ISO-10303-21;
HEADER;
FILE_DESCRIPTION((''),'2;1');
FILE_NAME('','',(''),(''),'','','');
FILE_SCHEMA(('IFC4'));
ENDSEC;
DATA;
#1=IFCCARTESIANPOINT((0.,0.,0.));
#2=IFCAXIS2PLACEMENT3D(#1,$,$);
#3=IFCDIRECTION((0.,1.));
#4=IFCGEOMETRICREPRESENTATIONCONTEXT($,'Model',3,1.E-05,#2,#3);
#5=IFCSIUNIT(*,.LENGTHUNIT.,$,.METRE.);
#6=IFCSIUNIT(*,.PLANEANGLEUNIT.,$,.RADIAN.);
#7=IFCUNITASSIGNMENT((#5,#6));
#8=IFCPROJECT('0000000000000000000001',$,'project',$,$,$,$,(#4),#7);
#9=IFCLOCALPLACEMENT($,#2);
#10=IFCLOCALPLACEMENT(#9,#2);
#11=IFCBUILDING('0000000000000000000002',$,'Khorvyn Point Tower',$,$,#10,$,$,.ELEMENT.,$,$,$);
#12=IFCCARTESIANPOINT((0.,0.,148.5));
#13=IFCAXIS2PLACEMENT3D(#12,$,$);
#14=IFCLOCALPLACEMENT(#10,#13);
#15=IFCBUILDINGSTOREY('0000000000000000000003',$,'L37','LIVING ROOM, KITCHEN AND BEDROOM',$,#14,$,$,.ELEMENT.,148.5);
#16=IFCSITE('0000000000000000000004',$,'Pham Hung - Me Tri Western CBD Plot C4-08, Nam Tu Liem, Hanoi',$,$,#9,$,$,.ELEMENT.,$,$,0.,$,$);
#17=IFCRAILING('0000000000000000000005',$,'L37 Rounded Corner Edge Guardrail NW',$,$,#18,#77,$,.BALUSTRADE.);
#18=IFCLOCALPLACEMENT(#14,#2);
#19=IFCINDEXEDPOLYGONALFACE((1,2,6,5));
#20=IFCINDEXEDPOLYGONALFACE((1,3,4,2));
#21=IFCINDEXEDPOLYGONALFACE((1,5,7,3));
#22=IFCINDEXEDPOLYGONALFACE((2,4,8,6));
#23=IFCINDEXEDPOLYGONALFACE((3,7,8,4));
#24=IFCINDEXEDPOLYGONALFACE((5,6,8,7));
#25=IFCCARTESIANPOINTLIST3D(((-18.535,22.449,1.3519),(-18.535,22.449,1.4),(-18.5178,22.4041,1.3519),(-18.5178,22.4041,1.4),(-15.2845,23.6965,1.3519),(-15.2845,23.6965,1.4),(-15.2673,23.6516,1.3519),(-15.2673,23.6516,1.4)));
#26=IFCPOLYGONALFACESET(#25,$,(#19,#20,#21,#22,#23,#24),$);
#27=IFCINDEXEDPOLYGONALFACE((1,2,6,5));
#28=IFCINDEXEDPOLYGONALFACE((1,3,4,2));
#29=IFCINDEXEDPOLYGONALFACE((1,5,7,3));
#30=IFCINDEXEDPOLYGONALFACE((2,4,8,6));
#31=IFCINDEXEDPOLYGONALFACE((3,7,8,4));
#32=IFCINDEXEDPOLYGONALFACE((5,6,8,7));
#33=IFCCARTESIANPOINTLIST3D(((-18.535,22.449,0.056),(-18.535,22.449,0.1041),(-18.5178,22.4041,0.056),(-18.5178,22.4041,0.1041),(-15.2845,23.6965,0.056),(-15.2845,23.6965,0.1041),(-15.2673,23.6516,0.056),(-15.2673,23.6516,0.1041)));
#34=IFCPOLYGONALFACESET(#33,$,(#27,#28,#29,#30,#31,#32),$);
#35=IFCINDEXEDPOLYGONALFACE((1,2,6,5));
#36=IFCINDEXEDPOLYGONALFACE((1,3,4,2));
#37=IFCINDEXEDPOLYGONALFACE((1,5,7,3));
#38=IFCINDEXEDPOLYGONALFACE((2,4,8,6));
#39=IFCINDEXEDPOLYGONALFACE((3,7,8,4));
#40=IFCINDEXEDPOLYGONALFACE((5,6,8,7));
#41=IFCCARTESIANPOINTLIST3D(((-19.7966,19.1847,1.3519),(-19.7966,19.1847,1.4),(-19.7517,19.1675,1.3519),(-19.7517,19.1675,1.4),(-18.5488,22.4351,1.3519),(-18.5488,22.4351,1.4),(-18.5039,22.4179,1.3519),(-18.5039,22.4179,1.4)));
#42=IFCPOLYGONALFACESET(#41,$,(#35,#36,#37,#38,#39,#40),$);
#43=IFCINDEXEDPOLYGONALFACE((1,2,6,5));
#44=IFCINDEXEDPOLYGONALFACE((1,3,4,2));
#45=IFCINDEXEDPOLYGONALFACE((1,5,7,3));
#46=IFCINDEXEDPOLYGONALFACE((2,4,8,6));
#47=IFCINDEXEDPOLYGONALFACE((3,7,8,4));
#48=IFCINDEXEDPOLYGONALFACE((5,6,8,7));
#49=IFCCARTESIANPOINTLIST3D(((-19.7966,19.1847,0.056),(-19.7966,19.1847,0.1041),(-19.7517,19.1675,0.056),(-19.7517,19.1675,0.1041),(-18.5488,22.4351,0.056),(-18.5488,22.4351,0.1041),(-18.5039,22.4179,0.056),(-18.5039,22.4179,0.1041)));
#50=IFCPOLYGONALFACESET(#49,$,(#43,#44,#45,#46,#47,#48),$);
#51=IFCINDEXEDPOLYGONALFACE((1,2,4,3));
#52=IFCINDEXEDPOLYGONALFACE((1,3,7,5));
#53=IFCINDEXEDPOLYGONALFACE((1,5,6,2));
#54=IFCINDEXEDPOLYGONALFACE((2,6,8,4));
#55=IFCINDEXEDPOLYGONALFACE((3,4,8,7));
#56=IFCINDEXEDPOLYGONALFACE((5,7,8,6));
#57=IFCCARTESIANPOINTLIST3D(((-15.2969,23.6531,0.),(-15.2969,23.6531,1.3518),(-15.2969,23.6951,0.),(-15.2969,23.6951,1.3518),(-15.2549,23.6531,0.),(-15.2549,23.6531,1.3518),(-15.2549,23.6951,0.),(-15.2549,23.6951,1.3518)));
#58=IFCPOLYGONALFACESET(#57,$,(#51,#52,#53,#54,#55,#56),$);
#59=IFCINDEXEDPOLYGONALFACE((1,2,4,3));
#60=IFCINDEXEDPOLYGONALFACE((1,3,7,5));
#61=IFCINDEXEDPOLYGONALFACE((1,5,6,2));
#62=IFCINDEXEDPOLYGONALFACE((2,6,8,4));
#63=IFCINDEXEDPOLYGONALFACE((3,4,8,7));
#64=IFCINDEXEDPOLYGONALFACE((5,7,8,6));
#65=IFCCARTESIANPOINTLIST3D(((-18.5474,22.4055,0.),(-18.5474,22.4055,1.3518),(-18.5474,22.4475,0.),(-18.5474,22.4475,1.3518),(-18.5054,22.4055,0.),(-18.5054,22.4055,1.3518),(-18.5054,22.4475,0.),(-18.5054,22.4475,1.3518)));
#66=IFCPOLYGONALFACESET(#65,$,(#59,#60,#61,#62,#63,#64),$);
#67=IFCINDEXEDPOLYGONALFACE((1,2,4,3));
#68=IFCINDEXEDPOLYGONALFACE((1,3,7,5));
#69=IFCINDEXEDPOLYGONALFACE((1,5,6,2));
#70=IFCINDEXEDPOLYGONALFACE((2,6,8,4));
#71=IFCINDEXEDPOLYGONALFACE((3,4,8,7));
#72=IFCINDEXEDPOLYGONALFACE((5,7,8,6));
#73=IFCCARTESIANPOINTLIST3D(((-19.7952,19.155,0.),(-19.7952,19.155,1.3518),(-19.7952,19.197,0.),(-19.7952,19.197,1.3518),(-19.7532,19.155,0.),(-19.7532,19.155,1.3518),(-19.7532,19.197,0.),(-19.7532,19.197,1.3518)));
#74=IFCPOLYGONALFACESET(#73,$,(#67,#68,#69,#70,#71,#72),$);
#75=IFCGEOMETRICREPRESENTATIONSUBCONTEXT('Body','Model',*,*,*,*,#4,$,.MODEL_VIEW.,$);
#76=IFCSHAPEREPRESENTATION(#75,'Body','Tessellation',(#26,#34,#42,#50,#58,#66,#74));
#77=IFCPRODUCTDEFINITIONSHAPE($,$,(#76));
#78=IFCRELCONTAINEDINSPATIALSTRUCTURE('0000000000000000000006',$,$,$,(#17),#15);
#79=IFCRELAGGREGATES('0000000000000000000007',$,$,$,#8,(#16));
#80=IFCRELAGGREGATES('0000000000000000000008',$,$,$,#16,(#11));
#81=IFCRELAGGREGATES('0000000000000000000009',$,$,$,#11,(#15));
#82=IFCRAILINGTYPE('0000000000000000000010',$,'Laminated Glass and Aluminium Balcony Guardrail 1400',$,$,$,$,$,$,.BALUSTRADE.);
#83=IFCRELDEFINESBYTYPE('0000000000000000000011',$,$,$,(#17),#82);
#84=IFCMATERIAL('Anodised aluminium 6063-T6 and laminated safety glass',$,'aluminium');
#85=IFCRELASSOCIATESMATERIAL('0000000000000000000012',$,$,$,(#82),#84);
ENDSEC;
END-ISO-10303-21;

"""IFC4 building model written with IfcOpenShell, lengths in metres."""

from ifc_helpers import new_model, si_unit, direction, frame, origin, origin_2d, place, context, subcontext, project, spatial, rectangle, extrude, material, type_object, element, save


model = new_model("IFC4")

# Units and contexts
model_context = context("Model", 3, precision=1e-05, world=origin(), true_north=direction((0.0, 1.0)))
body_context = subcontext(model_context, "Body", "Model", "MODEL_VIEW")
ifc_project = project(units=[si_unit("LENGTHUNIT", "METRE"), si_unit("PLANEANGLEUNIT", "RADIAN")], contexts=[model_context])

# Site, building, storey
site_placement = place(None, origin())
site = spatial("IfcSite", under=ifc_project, at=site_placement, Name="Pham Hung - Me Tri Western CBD Plot C4-08, Nam Tu Liem, Hanoi", CompositionType="ELEMENT", RefElevation=0.0)
building_placement = place(site_placement, origin())
building = spatial("IfcBuilding", under=site, at=building_placement, Name="Khorvyn Point Tower", CompositionType="ELEMENT")
storey_placement = place(building_placement, frame((0.0, 0.0, 148.5)))
storey = spatial("IfcBuildingStorey", under=building, at=storey_placement, Name="L37", Description="LIVING ROOM, KITCHEN AND BEDROOM", CompositionType="ELEMENT", Elevation=148.5)

# Railing
ifc_material_1 = material(Name="Anodised aluminium 6063-T6 and laminated safety glass", Category="aluminium")
railing_type = type_object("IfcRailingType", Name="Laminated Glass and Aluminium Balcony Guardrail 1400", PredefinedType="BALUSTRADE", material=ifc_material_1)
railing_placement = place(storey_placement, frame((-15.2759, 23.6741, 0.0)))
element("IfcRailing", 1, at=railing_placement, inside=storey, type_object=railing_type, Name="L37 Rounded Corner Edge Guardrail NW", PredefinedType="BALUSTRADE", context=body_context, shape_type="SweptSolid", body=[
    extrude(rectangle(XDim=0.0481, YDim=0.0481, at=origin_2d()), frame((0.0, 0.0, 1.376), z_axis=(-0.933598, -0.358321, 0.0), x_axis=(0.358321, -0.933598, 0.0)), (0.0, 0.0, 1.0), 3.4817),
    extrude(rectangle(XDim=0.0481, YDim=0.0481, at=origin_2d()), frame((0.0, 0.0, 0.0801), z_axis=(-0.933598, -0.358321, 0.0), x_axis=(0.358321, -0.933598, 0.0)), (0.0, 0.0, 1.0), 3.4817),
    extrude(rectangle(XDim=0.0481, YDim=0.0481, at=origin_2d()), frame((-3.2505, -1.2476, 1.376), z_axis=(-0.358382, -0.933575, 0.0), x_axis=(0.933575, -0.358382, 0.0)), (0.0, 0.0, 1.0), 3.4817),
    extrude(rectangle(XDim=0.0481, YDim=0.0481, at=origin_2d()), frame((-3.2505, -1.2476, 0.0801), z_axis=(-0.358382, -0.933575, 0.0), x_axis=(0.933575, -0.358382, 0.0)), (0.0, 0.0, 1.0), 3.4817),
    extrude(rectangle(XDim=0.042, YDim=0.042, at=origin_2d()), origin(), (0.0, 0.0, 1.0), 1.3518),
    extrude(rectangle(XDim=0.042, YDim=0.042, at=origin_2d()), frame((-3.2505, -1.2476, 0.0)), (0.0, 0.0, 1.0), 1.3518),
    extrude(rectangle(XDim=0.042, YDim=0.042, at=origin_2d()), frame((-4.4983, -4.498, 0.0)), (0.0, 0.0, 1.0), 1.3518),
])

save(model, "model.ifc")
